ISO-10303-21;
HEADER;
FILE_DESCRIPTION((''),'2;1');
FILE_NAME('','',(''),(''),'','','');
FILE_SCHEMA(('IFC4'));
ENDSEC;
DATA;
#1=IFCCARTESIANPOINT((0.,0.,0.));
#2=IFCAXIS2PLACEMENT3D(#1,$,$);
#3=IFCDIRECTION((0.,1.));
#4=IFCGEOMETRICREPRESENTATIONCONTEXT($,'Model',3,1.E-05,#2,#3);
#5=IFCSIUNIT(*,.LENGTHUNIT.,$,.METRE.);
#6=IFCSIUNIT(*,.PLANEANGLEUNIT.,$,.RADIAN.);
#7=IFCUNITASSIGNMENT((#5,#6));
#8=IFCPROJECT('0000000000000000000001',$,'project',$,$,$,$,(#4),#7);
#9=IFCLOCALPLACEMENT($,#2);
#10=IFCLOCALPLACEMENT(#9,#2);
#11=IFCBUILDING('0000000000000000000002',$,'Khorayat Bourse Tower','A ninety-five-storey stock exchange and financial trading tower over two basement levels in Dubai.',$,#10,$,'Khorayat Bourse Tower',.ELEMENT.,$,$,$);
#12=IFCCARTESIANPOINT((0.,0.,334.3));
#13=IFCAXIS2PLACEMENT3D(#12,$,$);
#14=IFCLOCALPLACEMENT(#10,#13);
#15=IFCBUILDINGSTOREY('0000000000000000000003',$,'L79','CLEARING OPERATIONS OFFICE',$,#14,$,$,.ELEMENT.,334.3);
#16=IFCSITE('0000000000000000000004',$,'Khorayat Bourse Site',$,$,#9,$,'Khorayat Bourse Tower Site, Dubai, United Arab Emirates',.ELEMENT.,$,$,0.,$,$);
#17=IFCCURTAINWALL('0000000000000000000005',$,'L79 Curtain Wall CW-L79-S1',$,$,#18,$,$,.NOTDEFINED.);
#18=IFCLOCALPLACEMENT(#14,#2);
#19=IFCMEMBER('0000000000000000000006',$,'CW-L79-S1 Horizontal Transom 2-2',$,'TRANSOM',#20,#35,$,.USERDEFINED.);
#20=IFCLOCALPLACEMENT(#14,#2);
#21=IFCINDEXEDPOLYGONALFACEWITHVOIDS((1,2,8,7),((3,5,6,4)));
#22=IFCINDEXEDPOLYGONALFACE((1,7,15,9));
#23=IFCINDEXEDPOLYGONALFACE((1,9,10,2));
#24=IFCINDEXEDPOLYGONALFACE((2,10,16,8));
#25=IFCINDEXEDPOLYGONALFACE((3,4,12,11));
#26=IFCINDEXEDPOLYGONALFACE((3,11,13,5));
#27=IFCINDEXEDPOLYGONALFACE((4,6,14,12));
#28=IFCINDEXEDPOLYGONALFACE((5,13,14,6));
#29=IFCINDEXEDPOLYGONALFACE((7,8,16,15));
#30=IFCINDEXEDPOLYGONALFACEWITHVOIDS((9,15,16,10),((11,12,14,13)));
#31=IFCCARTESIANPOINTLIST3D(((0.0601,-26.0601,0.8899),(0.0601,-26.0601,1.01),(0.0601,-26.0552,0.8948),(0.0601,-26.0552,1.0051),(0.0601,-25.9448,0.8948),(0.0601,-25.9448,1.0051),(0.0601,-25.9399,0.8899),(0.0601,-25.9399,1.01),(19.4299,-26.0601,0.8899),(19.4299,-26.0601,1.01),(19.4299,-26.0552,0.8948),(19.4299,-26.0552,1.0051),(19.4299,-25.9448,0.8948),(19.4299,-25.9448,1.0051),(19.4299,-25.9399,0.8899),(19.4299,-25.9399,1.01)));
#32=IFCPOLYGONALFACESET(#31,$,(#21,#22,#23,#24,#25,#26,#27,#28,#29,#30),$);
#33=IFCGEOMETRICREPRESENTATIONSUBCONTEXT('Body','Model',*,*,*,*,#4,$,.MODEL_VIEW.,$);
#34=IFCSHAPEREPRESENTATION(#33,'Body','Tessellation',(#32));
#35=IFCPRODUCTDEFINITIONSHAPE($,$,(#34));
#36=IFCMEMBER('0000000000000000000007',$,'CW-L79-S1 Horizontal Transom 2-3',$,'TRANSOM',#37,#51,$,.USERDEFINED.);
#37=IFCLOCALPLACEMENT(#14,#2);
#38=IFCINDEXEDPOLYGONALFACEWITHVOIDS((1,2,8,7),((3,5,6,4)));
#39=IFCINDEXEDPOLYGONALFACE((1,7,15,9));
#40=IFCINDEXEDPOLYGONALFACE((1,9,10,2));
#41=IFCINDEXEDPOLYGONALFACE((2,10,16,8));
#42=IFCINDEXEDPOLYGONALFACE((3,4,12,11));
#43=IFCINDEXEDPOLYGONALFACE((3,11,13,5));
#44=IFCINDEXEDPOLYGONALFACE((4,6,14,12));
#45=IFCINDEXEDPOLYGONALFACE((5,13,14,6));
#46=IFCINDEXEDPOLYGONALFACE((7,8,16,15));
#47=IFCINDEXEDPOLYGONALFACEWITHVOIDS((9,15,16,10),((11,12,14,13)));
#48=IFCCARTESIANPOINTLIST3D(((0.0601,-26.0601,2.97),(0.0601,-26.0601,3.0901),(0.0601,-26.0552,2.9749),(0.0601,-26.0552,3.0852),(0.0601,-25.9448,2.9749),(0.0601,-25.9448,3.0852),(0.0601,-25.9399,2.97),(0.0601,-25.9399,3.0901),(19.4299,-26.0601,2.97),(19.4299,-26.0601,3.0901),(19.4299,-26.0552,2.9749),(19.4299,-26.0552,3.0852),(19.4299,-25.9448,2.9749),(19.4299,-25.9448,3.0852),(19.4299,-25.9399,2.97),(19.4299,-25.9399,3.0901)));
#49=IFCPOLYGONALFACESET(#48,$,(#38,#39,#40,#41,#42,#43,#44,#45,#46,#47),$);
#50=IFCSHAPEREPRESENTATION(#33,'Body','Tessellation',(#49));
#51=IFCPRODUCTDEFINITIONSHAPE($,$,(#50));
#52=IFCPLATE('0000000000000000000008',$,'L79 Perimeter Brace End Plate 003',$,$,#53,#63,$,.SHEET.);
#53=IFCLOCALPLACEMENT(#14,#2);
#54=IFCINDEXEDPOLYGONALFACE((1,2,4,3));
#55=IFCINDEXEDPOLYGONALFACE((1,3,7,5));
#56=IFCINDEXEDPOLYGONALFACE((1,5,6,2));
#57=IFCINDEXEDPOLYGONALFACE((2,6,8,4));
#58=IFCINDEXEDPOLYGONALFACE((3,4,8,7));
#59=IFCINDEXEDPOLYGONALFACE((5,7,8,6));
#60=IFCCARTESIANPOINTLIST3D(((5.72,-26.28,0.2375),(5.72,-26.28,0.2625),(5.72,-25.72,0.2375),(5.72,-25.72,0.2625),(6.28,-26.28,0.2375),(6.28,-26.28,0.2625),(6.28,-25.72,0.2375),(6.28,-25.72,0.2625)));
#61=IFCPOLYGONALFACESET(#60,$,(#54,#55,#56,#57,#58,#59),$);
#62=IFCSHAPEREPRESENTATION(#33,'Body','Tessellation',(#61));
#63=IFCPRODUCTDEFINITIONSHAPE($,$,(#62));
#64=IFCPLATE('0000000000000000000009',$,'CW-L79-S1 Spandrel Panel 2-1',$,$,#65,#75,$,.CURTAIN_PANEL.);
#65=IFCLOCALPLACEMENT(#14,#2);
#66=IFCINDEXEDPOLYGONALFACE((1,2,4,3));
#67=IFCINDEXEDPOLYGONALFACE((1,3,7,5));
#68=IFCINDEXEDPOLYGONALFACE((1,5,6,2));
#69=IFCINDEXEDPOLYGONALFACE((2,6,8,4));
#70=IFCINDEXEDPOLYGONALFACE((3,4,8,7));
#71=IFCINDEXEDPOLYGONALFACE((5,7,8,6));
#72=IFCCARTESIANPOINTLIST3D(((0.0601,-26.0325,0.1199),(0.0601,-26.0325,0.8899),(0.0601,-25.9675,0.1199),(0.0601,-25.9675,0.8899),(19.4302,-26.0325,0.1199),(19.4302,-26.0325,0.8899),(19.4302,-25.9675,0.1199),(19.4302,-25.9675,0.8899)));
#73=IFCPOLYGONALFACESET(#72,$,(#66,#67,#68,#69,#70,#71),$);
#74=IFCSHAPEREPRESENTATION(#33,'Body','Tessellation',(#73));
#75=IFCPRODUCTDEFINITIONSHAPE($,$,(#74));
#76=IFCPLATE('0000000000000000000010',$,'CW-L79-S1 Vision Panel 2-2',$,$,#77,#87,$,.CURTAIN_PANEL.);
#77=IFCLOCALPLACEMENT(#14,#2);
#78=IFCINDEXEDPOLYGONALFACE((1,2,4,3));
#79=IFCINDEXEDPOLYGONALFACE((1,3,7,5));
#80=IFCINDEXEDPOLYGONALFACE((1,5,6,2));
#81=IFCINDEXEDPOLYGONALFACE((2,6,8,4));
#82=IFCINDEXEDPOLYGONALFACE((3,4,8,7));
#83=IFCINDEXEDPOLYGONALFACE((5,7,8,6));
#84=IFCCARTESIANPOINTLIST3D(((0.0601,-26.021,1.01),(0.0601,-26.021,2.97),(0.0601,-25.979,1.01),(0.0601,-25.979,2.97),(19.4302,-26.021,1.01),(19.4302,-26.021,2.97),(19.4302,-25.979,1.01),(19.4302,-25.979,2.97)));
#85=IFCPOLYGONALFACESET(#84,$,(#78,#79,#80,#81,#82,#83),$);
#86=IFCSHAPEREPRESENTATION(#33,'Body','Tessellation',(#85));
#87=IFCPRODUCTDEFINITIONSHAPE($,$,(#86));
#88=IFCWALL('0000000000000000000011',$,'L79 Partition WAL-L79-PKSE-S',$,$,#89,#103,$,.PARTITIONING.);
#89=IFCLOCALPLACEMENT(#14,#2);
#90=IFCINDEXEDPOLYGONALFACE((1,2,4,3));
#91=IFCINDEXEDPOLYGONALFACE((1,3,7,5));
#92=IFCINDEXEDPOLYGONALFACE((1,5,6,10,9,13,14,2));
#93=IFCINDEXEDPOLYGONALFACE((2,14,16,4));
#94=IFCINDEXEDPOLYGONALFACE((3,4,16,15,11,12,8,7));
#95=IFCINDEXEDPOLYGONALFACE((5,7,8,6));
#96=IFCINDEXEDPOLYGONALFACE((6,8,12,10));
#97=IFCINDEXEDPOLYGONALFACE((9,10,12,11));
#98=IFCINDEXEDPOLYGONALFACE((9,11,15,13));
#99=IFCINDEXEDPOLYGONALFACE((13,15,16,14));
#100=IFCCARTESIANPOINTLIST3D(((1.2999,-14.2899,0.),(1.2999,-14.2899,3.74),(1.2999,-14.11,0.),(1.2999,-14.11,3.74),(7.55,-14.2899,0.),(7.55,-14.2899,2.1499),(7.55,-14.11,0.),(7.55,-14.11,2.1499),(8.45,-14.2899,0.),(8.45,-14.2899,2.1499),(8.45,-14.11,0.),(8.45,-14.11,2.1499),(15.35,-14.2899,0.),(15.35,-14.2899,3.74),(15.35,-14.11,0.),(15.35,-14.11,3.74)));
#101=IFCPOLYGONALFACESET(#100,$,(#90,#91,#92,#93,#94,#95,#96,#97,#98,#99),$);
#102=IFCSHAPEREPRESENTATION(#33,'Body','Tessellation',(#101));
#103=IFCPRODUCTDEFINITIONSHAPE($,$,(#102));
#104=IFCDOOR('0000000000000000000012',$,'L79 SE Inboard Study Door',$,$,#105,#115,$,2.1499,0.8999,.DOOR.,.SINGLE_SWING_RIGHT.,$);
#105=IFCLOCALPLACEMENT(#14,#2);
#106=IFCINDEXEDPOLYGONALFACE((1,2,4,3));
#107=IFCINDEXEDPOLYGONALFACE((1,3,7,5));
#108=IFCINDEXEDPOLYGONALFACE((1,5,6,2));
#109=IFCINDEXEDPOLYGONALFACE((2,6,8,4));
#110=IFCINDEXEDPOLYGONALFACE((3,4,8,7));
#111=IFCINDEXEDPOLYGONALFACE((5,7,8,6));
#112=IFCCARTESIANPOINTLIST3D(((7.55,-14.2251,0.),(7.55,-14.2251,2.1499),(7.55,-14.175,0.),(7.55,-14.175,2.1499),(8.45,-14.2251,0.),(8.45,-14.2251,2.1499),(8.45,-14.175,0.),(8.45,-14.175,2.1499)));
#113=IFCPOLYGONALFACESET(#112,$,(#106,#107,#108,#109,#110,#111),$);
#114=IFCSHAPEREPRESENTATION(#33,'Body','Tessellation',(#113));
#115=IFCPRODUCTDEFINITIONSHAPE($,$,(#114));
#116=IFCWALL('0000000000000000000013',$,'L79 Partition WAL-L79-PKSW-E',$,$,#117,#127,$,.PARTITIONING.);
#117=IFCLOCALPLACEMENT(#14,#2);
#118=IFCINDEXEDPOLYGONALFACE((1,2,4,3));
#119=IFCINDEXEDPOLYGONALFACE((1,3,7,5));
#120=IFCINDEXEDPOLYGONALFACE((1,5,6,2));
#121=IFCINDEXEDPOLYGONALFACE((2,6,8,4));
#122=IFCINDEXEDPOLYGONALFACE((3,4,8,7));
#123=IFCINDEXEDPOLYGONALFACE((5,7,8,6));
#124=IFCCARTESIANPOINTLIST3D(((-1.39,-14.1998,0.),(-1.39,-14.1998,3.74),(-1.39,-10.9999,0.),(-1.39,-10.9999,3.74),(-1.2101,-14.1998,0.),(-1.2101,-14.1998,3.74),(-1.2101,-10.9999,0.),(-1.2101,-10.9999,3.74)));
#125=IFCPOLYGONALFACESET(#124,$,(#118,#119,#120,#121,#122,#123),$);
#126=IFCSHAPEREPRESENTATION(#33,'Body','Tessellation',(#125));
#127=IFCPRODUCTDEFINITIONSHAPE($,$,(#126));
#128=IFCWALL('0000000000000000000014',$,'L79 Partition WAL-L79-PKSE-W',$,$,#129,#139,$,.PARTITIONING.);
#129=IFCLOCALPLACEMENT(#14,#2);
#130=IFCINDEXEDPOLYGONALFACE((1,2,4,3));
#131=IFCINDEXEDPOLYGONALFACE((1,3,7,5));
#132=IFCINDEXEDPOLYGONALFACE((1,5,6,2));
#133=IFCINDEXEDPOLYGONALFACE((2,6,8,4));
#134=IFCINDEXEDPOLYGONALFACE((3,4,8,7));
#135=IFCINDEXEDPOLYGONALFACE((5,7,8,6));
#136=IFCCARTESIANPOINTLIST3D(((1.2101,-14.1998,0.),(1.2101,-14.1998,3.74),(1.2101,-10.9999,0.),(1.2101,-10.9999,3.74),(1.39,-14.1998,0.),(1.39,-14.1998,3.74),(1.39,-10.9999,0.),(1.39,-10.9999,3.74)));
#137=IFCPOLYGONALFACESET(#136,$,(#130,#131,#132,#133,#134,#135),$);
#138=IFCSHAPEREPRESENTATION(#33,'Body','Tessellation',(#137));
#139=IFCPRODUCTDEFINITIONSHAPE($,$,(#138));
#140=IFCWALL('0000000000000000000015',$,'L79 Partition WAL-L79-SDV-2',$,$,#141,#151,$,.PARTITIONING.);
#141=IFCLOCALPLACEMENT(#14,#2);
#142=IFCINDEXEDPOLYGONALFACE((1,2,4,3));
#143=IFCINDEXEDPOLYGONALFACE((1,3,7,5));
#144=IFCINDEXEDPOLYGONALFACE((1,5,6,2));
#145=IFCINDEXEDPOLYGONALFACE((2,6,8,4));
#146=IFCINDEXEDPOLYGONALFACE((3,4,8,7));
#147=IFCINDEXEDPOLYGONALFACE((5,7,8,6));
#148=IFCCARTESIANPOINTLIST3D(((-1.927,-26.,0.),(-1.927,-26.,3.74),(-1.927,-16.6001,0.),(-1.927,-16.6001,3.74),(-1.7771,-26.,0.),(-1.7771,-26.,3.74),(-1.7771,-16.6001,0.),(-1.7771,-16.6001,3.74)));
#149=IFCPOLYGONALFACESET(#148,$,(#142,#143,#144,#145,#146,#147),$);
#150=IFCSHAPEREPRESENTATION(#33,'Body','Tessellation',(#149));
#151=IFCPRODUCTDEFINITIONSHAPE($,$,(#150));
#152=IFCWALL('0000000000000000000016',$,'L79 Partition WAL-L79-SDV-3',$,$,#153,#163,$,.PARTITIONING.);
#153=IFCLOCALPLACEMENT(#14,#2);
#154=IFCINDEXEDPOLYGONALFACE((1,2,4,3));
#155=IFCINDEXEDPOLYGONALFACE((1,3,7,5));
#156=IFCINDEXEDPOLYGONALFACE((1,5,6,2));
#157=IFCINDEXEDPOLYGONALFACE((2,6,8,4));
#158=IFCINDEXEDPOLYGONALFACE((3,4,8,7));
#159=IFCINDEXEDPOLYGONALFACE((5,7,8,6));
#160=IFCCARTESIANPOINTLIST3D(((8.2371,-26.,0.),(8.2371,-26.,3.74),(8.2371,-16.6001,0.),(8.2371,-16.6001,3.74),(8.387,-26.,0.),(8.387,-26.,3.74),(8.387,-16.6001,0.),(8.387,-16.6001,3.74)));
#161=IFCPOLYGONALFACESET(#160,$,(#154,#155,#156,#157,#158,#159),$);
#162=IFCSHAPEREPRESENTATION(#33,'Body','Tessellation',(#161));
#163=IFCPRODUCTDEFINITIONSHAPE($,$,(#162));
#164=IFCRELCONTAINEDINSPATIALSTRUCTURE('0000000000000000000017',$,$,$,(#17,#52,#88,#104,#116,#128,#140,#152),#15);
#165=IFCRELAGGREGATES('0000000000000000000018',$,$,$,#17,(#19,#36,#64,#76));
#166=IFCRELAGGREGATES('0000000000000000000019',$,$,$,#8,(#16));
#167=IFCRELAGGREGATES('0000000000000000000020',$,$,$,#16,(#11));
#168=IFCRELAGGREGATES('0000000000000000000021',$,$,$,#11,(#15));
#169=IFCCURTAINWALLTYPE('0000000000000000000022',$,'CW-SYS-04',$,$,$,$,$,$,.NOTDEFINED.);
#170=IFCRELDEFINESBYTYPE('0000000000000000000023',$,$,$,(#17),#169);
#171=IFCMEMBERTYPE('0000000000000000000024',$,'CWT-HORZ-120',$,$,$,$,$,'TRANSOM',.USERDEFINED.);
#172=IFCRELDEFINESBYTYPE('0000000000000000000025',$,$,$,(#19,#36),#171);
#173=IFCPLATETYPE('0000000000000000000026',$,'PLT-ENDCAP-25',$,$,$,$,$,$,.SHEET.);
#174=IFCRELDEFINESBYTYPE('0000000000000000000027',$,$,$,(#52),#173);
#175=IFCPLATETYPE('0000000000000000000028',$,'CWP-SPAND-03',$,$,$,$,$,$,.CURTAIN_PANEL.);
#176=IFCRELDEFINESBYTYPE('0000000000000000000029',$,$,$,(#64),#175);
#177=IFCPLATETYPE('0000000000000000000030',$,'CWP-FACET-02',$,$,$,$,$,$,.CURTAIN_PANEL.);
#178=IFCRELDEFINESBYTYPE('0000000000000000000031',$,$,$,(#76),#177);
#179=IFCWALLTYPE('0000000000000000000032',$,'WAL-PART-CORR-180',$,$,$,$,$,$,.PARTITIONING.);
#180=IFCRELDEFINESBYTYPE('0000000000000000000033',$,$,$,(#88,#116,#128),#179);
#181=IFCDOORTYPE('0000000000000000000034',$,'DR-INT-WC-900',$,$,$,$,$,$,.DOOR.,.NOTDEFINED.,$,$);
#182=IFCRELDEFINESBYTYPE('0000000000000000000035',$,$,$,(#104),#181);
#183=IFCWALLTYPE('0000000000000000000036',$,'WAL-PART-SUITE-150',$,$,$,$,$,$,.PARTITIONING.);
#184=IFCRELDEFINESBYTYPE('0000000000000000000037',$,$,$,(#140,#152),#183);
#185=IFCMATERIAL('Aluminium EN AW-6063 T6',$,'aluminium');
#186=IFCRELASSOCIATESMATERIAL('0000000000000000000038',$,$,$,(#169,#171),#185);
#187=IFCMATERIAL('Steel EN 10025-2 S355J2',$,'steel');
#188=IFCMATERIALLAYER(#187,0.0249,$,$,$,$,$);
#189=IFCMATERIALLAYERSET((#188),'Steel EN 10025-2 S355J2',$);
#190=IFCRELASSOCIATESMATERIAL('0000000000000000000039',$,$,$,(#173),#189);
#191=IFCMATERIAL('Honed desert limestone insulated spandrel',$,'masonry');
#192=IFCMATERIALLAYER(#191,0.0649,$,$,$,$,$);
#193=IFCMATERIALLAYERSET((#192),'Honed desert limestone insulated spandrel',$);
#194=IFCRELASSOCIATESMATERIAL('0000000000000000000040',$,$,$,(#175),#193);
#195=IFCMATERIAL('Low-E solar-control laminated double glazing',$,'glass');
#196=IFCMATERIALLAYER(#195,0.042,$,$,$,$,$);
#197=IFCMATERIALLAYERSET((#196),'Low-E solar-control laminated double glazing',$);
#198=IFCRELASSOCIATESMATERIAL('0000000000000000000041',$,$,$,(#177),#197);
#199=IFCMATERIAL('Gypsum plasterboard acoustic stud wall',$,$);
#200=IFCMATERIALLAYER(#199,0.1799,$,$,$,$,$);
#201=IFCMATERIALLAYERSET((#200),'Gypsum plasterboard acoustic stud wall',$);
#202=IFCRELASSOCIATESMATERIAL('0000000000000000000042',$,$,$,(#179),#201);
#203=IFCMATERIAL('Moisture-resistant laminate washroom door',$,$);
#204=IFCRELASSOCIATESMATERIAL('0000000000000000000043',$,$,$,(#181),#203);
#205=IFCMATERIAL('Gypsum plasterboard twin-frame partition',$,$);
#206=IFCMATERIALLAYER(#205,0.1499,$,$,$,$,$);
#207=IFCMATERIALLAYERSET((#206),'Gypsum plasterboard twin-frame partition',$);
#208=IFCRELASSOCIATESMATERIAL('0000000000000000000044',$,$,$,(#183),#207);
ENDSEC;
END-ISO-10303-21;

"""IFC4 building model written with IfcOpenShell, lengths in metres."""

from ifc_helpers import new_model, si_unit, direction, frame, frame_2d, origin, origin_2d, place, context, subcontext, project, spatial, rectangle, hollow_rectangle, extrude, source, transform, mapped, material, layer, layer_set, material_profile, profile_set, type_object, element, fill, aggregate, save


model = new_model("IFC4")

# Units and contexts
model_context = context("Model", 3, precision=1e-05, world=origin(), true_north=direction((0.0, 1.0)))
body_context = subcontext(model_context, "Body", "Model", "MODEL_VIEW")
ifc_project = project(units=[si_unit("LENGTHUNIT", "METRE"), si_unit("PLANEANGLEUNIT", "RADIAN")], contexts=[model_context])

# Site, building, storey
site_placement = place(None, origin())
site = spatial("IfcSite", under=ifc_project, at=site_placement, Name="Khorayat Bourse Site", LongName="Khorayat Bourse Tower Site, Dubai, United Arab Emirates", CompositionType="ELEMENT", RefElevation=0.0)
building_placement = place(site_placement, origin())
building = spatial("IfcBuilding", under=site, at=building_placement, Name="Khorayat Bourse Tower", Description="A ninety-five-storey stock exchange and financial trading tower over two basement levels in Dubai.", LongName="Khorayat Bourse Tower", CompositionType="ELEMENT")
storey_placement = place(building_placement, frame((0.0, 0.0, 334.3)))
storey = spatial("IfcBuildingStorey", under=building, at=storey_placement, Name="L79", Description="CLEARING OPERATIONS OFFICE", CompositionType="ELEMENT", Elevation=334.3)

# Shared definitions
ifc_material_1 = material(Name="Steel EN 10025-2 S355J2", Category="steel")

# Curtain wall, members
ifc_material_2 = material(Name="Aluminium EN AW-6063 T6", Category="aluminium")
curtain_wall_type = type_object("IfcCurtainWallType", Name="CW-SYS-04", PredefinedType="NOTDEFINED", material=ifc_material_2)
curtain_wall_placement = place(storey_placement, origin())
curtain_wall = element("IfcCurtainWall", 1, at=curtain_wall_placement, inside=storey, type_object=curtain_wall_type, Name="L79 Curtain Wall CW-L79-S1", PredefinedType="NOTDEFINED")
ifc_material_profile_1 = material_profile(ifc_material_2, hollow_rectangle(XDim=0.1201, YDim=0.1201, WallThickness=0.0049, at=origin_2d()), Name="ALU 120x120x5")
ifc_profile_set_1 = profile_set([ifc_material_profile_1], Name="Aluminium EN AW-6063 T6")
member_type_1 = type_object("IfcMemberType", Name="CWT-HORZ-120", ElementType="TRANSOM", PredefinedType="USERDEFINED", material=ifc_profile_set_1)
shared_shape_1 = source(origin(), body_context, "Body", "SweptSolid", [
    extrude(hollow_rectangle(XDim=0.1201, YDim=0.1201, WallThickness=0.0049, at=origin_2d()), origin(), (0.0, 0.0, 1.0), 19.3699),
])
member_1_placement = place(storey_placement, frame((0.0601, -26.0, 0.95), z_axis=(1.0, 0.0, 0.0), x_axis=(0.0, 1.0, 0.0)))
member_1 = element("IfcMember", 2, at=member_1_placement, type_object=member_type_1, Name="CW-L79-S1 Horizontal Transom 2-2", ObjectType="TRANSOM", PredefinedType="USERDEFINED", context=body_context, shape_type="MappedRepresentation", body=[
    mapped(shared_shape_1, transform((0.0, 0.0, 0.0), scale=1.0)),
])
member_2_placement = place(storey_placement, frame((0.0601, -26.0, 3.03), z_axis=(1.0, 0.0, 0.0), x_axis=(0.0, 1.0, 0.0)))
member_2 = element("IfcMember", 3, at=member_2_placement, type_object=member_type_1, Name="CW-L79-S1 Horizontal Transom 2-3", ObjectType="TRANSOM", PredefinedType="USERDEFINED", context=body_context, shape_type="MappedRepresentation", body=[
    mapped(shared_shape_1, transform((0.0, 0.0, 0.0), scale=1.0)),
])

# Plates
ifc_layer_1 = layer(ifc_material_1, 0.0249)
ifc_layer_set_1 = layer_set([ifc_layer_1], Name="Steel EN 10025-2 S355J2")
plate_type_1 = type_object("IfcPlateType", Name="PLT-ENDCAP-25", PredefinedType="SHEET", material=ifc_layer_set_1)
shared_shape_2 = source(origin(), body_context, "Body", "SweptSolid", [
    extrude(rectangle(XDim=0.5601, YDim=0.5601, at=origin_2d()), origin(), (0.0, 0.0, 1.0), 0.0249),
])
plate_1_placement = place(storey_placement, frame((6.0, -26.0, 0.2375), z_axis=(0.0, 0.0, 1.0), x_axis=(1.0, 0.0, 0.0)))
element("IfcPlate", 4, at=plate_1_placement, inside=storey, type_object=plate_type_1, Name="L79 Perimeter Brace End Plate 003", PredefinedType="SHEET", context=body_context, shape_type="MappedRepresentation", body=[
    mapped(shared_shape_2, transform((0.0, 0.0, 0.0), scale=1.0)),
])
ifc_material_3 = material(Name="Honed desert limestone insulated spandrel", Category="masonry")
ifc_layer_2 = layer(ifc_material_3, 0.0649)
ifc_layer_set_2 = layer_set([ifc_layer_2], Name="Honed desert limestone insulated spandrel")
plate_type_2 = type_object("IfcPlateType", Name="CWP-SPAND-03", PredefinedType="CURTAIN_PANEL", material=ifc_layer_set_2)
shared_shape_3 = source(origin(), body_context, "Body", "SweptSolid", [
    extrude(rectangle(XDim=19.3701, YDim=0.0649, at=origin_2d()), origin(), (0.0, 0.0, 1.0), 0.77),
])
plate_2_placement = place(storey_placement, frame((9.7451, -26.0, 0.1199), z_axis=(0.0, 0.0, 1.0), x_axis=(1.0, 0.0, 0.0)))
plate_2 = element("IfcPlate", 5, at=plate_2_placement, type_object=plate_type_2, Name="CW-L79-S1 Spandrel Panel 2-1", PredefinedType="CURTAIN_PANEL", context=body_context, shape_type="MappedRepresentation", body=[
    mapped(shared_shape_3, transform((0.0, 0.0, 0.0), scale=1.0)),
])
ifc_material_4 = material(Name="Low-E solar-control laminated double glazing", Category="glass")
ifc_layer_3 = layer(ifc_material_4, 0.042)
ifc_layer_set_3 = layer_set([ifc_layer_3], Name="Low-E solar-control laminated double glazing")
plate_type_3 = type_object("IfcPlateType", Name="CWP-FACET-02", PredefinedType="CURTAIN_PANEL", material=ifc_layer_set_3)
shared_shape_4 = source(origin(), body_context, "Body", "SweptSolid", [
    extrude(rectangle(XDim=19.3701, YDim=0.042, at=origin_2d()), origin(), (0.0, 0.0, 1.0), 1.96),
])
plate_3_placement = place(storey_placement, frame((9.7451, -26.0, 1.01), z_axis=(0.0, 0.0, 1.0), x_axis=(1.0, 0.0, 0.0)))
plate_3 = element("IfcPlate", 6, at=plate_3_placement, type_object=plate_type_3, Name="CW-L79-S1 Vision Panel 2-2", PredefinedType="CURTAIN_PANEL", context=body_context, shape_type="MappedRepresentation", body=[
    mapped(shared_shape_4, transform((0.0, 0.0, 0.0), scale=1.0)),
])
aggregate(curtain_wall, [member_1, member_2, plate_2, plate_3])

# Wall, opening, door
ifc_material_5 = material(Name="Gypsum plasterboard acoustic stud wall")
ifc_layer_4 = layer(ifc_material_5, 0.1799)
ifc_layer_set_4 = layer_set([ifc_layer_4], Name="Gypsum plasterboard acoustic stud wall")
wall_type_1 = type_object("IfcWallType", Name="WAL-PART-CORR-180", PredefinedType="PARTITIONING", material=ifc_layer_set_4)
shared_shape_5 = source(origin(), body_context, "Body", "SweptSolid", [
    extrude(rectangle(XDim=14.05, YDim=0.1799, at=frame_2d((7.0249, 0.0))), origin(), (0.0, 0.0, 1.0), 3.74),
])
wall_placement = place(storey_placement, frame((1.3, -14.2, 0.0), z_axis=(0.0, 0.0, 1.0), x_axis=(1.0, 0.0, 0.0)))
wall = element("IfcWall", 7, at=wall_placement, inside=storey, type_object=wall_type_1, Name="L79 Partition WAL-L79-PKSE-S", PredefinedType="PARTITIONING", context=body_context, shape_type="MappedRepresentation", body=[
    mapped(shared_shape_5, transform((0.0, 0.0, 0.0), scale=1.0)),
])
shared_shape_6 = source(origin(), body_context, "Body", "SweptSolid", [
    extrude(rectangle(XDim=0.8999, YDim=2.1499, at=frame_2d((0.45, 1.075))), frame((0.0, 0.0999, 0.0), z_axis=(0.0, -1.0, 0.0), x_axis=(1.0, 0.0, 0.0)), (0.0, 0.0, 1.0), 0.2),
])
opening_placement = place(wall_placement, frame((6.25, 0.0, 0.0)))
opening = element("IfcOpeningElement", 8, at=opening_placement, cuts=wall, PredefinedType="OPENING", context=body_context, shape_type="MappedRepresentation", body=[
    mapped(shared_shape_6, transform((0.0, 0.0, 0.0), scale=1.0)),
])
ifc_material_6 = material(Name="Moisture-resistant laminate washroom door")
door_type = type_object("IfcDoorType", Name="DR-INT-WC-900", OperationType="NOTDEFINED", PredefinedType="DOOR", material=ifc_material_6)
shared_shape_7 = source(origin(), body_context, "Body", "SweptSolid", [
    extrude(rectangle(XDim=0.8999, YDim=2.1499, at=frame_2d((0.45, 1.075))), frame((0.0, 0.0249, 0.0), z_axis=(0.0, -1.0, 0.0), x_axis=(1.0, 0.0, 0.0)), (0.0, 0.0, 1.0), 0.05),
])
door_placement = place(opening_placement, origin())
door = element("IfcDoor", 9, at=door_placement, inside=storey, type_object=door_type, Name="L79 SE Inboard Study Door", OperationType="SINGLE_SWING_RIGHT", OverallHeight=2.1499, OverallWidth=0.8999, PredefinedType="DOOR", context=body_context, shape_type="MappedRepresentation", body=[
    mapped(shared_shape_7, transform((0.0, 0.0, 0.0), scale=1.0)),
])
fill(opening, door)

# Walls
shared_shape_8 = source(origin(), body_context, "Body", "SweptSolid", [
    extrude(rectangle(XDim=3.2, YDim=0.1799, at=frame_2d((1.6001, 0.0))), origin(), (0.0, 0.0, 1.0), 3.74),
])
for number, where, z_axis, x_axis, name in (
    (10, (-1.3, -14.2, 0.0), (0.0, 0.0, 1.0), (0.0, 1.0, 0.0), "L79 Partition WAL-L79-PKSW-E"),
    (11, (1.3, -14.2, 0.0), (0.0, 0.0, 1.0), (0.0, 1.0, 0.0), "L79 Partition WAL-L79-PKSE-W"),
):
    element("IfcWall", number, at=place(storey_placement, frame(where, z_axis=z_axis, x_axis=x_axis)), inside=storey, type_object=wall_type_1, Name=name, PredefinedType="PARTITIONING", context=body_context, shape_type="MappedRepresentation", body=[
        mapped(shared_shape_8, transform((0.0, 0.0, 0.0), scale=1.0)),
    ])
ifc_material_7 = material(Name="Gypsum plasterboard twin-frame partition")
ifc_layer_5 = layer(ifc_material_7, 0.1499)
ifc_layer_set_5 = layer_set([ifc_layer_5], Name="Gypsum plasterboard twin-frame partition")
wall_type_2 = type_object("IfcWallType", Name="WAL-PART-SUITE-150", PredefinedType="PARTITIONING", material=ifc_layer_set_5)
shared_shape_9 = source(origin(), body_context, "Body", "SweptSolid", [
    extrude(rectangle(XDim=9.3999, YDim=0.1499, at=frame_2d((4.7, 0.0))), origin(), (0.0, 0.0, 1.0), 3.74),
])
for number, where, z_axis, x_axis, name in (
    (12, (-1.8521, -26.0, 0.0), (0.0, 0.0, 1.0), (0.0, 1.0, 0.0), "L79 Partition WAL-L79-SDV-2"),
    (13, (8.312, -26.0, 0.0), (0.0, 0.0, 1.0), (0.0, 1.0, 0.0), "L79 Partition WAL-L79-SDV-3"),
):
    element("IfcWall", number, at=place(storey_placement, frame(where, z_axis=z_axis, x_axis=x_axis)), inside=storey, type_object=wall_type_2, Name=name, PredefinedType="PARTITIONING", context=body_context, shape_type="MappedRepresentation", body=[
        mapped(shared_shape_9, transform((0.0, 0.0, 0.0), scale=1.0)),
    ])

save(model, "model.ifc")
